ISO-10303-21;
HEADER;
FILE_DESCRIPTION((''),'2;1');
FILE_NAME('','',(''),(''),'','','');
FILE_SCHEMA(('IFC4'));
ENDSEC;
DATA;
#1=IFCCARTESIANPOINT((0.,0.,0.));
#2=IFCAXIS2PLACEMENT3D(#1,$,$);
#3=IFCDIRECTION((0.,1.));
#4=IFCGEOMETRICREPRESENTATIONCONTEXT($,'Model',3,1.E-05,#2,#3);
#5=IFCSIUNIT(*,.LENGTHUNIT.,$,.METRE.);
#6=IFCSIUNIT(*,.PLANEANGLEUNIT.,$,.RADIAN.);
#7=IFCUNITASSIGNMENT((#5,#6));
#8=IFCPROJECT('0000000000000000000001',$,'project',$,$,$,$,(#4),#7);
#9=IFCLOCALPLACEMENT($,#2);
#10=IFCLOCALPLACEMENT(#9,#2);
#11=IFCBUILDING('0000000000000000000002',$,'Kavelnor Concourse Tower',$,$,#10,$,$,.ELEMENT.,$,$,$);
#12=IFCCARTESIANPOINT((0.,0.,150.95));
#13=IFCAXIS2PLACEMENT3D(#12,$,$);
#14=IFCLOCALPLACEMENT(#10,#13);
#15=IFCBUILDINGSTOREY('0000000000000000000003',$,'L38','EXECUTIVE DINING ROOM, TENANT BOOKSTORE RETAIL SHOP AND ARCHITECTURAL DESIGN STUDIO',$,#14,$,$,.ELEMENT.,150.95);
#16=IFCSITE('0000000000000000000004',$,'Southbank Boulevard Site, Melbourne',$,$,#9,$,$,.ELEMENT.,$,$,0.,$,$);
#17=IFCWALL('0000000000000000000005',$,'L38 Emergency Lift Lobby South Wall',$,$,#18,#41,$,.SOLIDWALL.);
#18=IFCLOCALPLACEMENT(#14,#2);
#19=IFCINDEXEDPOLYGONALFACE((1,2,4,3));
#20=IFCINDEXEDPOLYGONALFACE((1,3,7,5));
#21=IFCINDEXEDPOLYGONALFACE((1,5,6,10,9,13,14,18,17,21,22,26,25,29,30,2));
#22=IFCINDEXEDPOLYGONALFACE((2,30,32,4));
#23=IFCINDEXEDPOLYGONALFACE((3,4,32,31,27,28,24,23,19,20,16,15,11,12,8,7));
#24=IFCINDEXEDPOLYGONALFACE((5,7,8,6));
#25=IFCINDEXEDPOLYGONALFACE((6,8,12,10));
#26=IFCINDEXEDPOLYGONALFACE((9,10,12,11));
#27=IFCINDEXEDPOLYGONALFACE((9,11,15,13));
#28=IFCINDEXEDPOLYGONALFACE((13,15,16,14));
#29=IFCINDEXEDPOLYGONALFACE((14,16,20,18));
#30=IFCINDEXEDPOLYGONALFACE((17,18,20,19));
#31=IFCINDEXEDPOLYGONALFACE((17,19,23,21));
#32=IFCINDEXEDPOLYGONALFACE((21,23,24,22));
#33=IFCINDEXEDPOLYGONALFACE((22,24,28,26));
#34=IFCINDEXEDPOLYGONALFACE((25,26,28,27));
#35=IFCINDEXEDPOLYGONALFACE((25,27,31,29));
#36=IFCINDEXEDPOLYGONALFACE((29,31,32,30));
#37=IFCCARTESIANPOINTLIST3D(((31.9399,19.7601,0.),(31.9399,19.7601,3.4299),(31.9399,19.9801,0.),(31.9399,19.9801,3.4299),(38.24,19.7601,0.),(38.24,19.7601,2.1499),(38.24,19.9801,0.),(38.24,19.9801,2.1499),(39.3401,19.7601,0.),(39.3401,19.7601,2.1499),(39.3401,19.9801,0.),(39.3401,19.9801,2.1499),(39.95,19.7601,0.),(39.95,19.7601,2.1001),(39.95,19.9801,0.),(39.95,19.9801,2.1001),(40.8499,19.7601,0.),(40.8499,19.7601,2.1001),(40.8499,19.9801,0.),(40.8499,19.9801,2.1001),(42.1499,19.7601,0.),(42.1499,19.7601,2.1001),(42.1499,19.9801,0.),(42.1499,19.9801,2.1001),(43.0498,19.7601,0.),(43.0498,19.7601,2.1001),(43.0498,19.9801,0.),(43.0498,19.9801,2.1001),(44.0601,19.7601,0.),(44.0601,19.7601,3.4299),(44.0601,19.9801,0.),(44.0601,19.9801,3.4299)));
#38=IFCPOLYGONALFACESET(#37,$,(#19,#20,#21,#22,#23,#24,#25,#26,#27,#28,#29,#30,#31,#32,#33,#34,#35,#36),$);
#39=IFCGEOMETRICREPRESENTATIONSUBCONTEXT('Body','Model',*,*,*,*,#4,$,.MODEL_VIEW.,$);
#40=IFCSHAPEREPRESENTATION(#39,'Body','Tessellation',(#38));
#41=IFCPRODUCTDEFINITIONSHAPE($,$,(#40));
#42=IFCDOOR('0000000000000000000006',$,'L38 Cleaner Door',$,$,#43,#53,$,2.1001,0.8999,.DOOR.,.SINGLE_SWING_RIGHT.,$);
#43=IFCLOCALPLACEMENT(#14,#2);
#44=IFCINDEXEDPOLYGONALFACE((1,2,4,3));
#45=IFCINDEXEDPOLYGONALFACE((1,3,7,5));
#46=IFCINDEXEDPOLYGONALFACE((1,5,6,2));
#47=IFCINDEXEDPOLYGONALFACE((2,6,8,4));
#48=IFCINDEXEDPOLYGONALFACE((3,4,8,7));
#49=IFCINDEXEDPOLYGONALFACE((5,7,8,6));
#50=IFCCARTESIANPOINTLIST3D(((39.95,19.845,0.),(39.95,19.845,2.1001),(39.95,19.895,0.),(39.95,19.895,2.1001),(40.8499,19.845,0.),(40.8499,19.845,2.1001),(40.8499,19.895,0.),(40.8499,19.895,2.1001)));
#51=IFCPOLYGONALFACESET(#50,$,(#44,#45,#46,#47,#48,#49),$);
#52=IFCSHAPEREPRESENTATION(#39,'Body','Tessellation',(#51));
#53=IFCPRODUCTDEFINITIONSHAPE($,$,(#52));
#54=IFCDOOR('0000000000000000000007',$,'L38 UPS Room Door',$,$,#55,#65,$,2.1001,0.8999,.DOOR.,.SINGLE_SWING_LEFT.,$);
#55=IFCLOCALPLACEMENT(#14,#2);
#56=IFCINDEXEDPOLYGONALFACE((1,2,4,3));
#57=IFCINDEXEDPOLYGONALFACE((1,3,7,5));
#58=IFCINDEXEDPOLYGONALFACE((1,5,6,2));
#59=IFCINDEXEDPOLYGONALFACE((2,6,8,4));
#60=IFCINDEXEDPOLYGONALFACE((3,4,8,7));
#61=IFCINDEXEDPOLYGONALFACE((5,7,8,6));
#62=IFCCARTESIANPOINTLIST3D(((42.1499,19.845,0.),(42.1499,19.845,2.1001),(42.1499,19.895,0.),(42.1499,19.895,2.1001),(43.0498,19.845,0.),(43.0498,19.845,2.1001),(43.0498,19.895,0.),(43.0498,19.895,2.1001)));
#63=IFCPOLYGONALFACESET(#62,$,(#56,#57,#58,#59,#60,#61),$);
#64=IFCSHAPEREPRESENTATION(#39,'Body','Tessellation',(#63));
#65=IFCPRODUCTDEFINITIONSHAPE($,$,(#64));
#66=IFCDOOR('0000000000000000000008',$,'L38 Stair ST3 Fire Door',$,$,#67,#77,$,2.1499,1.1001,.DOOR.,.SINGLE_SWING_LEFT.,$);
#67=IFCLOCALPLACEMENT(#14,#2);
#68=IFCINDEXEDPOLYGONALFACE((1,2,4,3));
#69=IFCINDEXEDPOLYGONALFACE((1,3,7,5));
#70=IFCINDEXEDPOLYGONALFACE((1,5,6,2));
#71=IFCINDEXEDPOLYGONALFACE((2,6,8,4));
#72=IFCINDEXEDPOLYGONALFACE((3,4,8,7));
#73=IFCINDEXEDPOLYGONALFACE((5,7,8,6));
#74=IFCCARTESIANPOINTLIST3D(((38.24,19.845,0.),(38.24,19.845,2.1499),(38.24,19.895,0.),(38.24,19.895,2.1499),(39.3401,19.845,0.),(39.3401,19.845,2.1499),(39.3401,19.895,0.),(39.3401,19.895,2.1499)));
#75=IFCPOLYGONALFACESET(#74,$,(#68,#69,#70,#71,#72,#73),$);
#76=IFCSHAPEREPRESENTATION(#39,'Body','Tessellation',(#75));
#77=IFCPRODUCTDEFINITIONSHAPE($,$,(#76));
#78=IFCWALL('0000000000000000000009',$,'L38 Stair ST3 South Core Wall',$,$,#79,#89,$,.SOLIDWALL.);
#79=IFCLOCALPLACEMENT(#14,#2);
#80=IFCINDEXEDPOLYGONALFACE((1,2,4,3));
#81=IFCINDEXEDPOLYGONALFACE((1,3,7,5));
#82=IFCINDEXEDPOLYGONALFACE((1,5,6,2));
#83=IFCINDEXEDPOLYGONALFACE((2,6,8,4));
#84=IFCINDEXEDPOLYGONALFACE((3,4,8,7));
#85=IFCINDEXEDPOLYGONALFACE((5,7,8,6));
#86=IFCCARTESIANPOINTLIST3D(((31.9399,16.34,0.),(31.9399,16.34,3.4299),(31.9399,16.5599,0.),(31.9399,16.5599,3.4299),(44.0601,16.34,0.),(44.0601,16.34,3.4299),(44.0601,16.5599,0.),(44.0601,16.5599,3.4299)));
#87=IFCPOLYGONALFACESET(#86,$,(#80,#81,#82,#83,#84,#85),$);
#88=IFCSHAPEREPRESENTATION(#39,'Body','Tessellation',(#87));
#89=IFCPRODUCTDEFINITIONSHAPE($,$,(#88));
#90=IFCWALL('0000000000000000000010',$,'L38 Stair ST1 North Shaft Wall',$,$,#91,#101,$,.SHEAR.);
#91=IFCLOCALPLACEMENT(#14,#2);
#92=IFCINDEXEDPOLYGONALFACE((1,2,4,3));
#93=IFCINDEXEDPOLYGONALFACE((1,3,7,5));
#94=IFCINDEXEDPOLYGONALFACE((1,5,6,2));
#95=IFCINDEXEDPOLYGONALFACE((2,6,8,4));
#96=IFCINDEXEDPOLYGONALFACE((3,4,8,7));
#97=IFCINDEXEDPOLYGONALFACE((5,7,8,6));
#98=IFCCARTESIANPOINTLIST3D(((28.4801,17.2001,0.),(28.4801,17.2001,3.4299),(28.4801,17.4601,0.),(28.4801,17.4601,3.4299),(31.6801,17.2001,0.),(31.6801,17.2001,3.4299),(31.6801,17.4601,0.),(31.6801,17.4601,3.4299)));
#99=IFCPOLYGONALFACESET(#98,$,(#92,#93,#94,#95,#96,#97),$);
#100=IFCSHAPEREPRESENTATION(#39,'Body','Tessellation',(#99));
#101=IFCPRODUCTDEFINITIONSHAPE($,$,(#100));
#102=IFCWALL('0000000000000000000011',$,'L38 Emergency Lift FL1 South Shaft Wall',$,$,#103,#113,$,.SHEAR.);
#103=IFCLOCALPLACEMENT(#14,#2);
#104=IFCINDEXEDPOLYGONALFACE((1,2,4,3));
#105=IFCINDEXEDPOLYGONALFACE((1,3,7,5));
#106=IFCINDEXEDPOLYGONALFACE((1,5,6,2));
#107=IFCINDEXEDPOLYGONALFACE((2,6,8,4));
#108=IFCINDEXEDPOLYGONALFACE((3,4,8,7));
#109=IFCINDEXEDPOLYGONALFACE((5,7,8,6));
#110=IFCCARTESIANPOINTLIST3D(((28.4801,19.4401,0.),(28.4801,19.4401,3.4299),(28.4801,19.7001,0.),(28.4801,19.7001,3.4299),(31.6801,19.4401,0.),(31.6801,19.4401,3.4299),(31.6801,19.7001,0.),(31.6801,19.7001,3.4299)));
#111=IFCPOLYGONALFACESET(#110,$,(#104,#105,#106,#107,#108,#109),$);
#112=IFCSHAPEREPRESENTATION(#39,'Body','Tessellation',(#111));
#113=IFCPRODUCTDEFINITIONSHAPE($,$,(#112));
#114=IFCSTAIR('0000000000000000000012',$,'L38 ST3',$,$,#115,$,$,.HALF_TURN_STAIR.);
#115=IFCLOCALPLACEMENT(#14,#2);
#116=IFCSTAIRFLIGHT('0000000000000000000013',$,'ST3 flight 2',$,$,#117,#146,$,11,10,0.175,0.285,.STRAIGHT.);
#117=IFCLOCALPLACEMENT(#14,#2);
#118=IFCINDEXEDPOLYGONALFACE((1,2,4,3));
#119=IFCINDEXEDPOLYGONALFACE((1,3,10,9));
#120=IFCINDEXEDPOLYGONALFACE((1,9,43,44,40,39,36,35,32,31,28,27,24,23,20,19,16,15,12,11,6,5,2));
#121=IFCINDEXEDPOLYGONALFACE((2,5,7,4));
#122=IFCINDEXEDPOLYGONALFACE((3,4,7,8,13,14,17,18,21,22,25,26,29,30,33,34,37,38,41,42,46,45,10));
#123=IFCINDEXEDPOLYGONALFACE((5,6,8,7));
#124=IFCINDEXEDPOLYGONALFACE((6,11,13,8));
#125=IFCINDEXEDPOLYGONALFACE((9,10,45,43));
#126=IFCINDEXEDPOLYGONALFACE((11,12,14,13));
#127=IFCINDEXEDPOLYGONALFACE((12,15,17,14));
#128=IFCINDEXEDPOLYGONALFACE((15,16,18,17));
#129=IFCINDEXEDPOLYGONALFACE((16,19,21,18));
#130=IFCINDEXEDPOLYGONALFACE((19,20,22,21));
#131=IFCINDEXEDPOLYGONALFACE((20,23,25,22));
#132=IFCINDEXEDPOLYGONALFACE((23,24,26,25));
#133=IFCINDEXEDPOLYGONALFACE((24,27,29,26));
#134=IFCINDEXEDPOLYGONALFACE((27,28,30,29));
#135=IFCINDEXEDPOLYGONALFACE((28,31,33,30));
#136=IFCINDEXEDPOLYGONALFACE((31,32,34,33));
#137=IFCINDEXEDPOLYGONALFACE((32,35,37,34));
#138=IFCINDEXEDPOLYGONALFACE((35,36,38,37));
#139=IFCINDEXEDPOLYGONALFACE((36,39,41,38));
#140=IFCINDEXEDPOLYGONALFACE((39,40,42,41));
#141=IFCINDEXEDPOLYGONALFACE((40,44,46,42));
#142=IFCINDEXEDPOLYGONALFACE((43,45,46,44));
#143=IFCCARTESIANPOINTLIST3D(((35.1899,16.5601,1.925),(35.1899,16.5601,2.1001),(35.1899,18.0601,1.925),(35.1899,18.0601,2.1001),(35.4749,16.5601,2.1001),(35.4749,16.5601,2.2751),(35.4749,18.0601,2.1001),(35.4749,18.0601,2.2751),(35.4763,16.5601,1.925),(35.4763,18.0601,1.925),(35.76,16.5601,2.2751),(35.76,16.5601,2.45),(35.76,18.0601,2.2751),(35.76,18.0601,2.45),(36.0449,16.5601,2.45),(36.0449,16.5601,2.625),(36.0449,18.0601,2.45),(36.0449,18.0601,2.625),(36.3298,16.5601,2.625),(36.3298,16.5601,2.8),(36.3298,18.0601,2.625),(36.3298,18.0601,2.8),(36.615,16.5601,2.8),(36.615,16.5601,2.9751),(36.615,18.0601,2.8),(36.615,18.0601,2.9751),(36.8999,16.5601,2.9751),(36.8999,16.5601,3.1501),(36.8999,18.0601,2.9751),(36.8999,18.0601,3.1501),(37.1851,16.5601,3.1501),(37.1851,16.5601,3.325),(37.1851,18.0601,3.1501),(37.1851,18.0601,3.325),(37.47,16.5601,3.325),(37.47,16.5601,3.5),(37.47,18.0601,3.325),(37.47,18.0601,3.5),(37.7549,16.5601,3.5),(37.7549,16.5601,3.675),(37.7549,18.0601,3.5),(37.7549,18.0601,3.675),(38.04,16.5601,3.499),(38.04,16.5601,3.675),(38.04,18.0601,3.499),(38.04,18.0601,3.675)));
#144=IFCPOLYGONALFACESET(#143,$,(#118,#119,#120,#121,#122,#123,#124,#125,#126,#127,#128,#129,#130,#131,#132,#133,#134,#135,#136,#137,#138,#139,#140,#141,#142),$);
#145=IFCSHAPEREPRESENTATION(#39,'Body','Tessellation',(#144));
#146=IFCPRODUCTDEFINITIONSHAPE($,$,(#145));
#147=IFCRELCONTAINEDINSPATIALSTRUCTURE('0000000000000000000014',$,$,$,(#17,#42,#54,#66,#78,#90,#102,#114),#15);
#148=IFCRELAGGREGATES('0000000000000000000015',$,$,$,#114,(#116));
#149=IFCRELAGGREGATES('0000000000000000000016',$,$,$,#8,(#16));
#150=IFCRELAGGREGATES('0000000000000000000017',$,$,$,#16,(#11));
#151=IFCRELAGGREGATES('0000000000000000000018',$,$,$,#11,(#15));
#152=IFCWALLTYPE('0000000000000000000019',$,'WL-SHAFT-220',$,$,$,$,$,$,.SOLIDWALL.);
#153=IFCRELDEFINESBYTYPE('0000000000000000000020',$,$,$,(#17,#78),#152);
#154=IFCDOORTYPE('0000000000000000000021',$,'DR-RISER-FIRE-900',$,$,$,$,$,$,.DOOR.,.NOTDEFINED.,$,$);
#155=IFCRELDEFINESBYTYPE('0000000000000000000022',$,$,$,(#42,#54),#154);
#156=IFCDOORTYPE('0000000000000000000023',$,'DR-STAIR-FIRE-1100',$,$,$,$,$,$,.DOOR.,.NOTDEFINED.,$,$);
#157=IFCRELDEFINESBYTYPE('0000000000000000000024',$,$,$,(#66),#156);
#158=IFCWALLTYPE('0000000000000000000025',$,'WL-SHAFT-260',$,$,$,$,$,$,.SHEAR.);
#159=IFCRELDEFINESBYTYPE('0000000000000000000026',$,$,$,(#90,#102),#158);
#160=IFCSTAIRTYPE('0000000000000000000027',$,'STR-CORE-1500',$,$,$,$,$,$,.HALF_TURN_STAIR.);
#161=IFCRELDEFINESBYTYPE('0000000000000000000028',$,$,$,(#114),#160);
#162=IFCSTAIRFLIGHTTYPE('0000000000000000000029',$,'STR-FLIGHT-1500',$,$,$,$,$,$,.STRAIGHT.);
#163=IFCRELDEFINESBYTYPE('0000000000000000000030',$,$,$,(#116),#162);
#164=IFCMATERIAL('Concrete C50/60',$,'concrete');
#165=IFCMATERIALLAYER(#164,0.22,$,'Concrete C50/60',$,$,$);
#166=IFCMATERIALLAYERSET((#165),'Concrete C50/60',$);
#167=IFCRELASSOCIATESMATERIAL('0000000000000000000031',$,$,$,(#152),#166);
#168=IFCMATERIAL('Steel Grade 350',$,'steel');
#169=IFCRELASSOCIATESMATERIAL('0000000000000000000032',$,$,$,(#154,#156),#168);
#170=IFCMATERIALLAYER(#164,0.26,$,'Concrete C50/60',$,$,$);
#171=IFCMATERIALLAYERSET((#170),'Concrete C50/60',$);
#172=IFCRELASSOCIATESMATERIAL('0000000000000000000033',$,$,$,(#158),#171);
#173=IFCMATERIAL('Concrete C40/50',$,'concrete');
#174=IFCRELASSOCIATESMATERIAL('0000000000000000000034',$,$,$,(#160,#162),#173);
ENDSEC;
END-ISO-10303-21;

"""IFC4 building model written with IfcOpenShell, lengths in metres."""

from ifc_helpers import new_model, si_unit, direction, frame, frame_2d, origin, place, context, subcontext, project, spatial, polyline, rectangle, outline, extrude, material, layer, layer_set, type_object, element, fill, aggregate, save


model = new_model("IFC4")

# Units and contexts
model_context = context("Model", 3, precision=1e-05, world=origin(), true_north=direction((0.0, 1.0)))
body_context = subcontext(model_context, "Body", "Model", "MODEL_VIEW")
ifc_project = project(units=[si_unit("LENGTHUNIT", "METRE"), si_unit("PLANEANGLEUNIT", "RADIAN")], contexts=[model_context])

# Site, building, storey
site_placement = place(None, origin())
site = spatial("IfcSite", under=ifc_project, at=site_placement, Name="Southbank Boulevard Site, Melbourne", CompositionType="ELEMENT", RefElevation=0.0)
building_placement = place(site_placement, origin())
building = spatial("IfcBuilding", under=site, at=building_placement, Name="Kavelnor Concourse Tower", CompositionType="ELEMENT")
storey_placement = place(building_placement, frame((0.0, 0.0, 150.95)))
storey = spatial("IfcBuildingStorey", under=building, at=storey_placement, Name="L38", Description="EXECUTIVE DINING ROOM, TENANT BOOKSTORE RETAIL SHOP AND ARCHITECTURAL DESIGN STUDIO", CompositionType="ELEMENT", Elevation=150.95)

# Shared definitions
ifc_material_1 = material(Name="Steel Grade 350", Category="steel")

# Wall, openings, doors
ifc_material_2 = material(Name="Concrete C50/60", Category="concrete")
ifc_layer_1 = layer(ifc_material_2, 0.22, Name="Concrete C50/60")
ifc_layer_set_1 = layer_set([ifc_layer_1], Name="Concrete C50/60")
wall_type_1 = type_object("IfcWallType", Name="WL-SHAFT-220", PredefinedType="SOLIDWALL", material=ifc_layer_set_1)
wall_1_placement = place(storey_placement, frame((31.9399, 19.8701, 0.0), z_axis=(0.0, 0.0, 1.0), x_axis=(1.0, 0.0, 0.0)))
wall_1 = element("IfcWall", 1, at=wall_1_placement, inside=storey, type_object=wall_type_1, Name="L38 Emergency Lift Lobby South Wall", PredefinedType="SOLIDWALL", context=body_context, shape_type="SweptSolid", body=[
    extrude(rectangle(XDim=12.1201, YDim=0.22, at=frame_2d((6.0601, 0.0))), origin(), (0.0, 0.0, 1.0), 3.4299),
])
opening_1_placement = place(wall_1_placement, frame((6.3, 0.0, 0.0)))
opening_1 = element("IfcOpeningElement", 2, at=opening_1_placement, cuts=wall_1, PredefinedType="OPENING", context=body_context, shape_type="SweptSolid", body=[
    extrude(rectangle(XDim=1.1001, YDim=2.1499, at=frame_2d((0.55, 1.075))), frame((0.0, 0.1201, 0.0), z_axis=(0.0, -1.0, 0.0), x_axis=(1.0, 0.0, 0.0)), (0.0, 0.0, 1.0), 0.24),
])
opening_2_placement = place(wall_1_placement, frame((8.01, 0.0, 0.0)))
opening_2 = element("IfcOpeningElement", 3, at=opening_2_placement, cuts=wall_1, PredefinedType="OPENING", context=body_context, shape_type="SweptSolid", body=[
    extrude(rectangle(XDim=0.8999, YDim=2.1001, at=frame_2d((0.45, 1.05))), frame((0.0, 0.1201, 0.0), z_axis=(0.0, -1.0, 0.0), x_axis=(1.0, 0.0, 0.0)), (0.0, 0.0, 1.0), 0.24),
])
opening_3_placement = place(wall_1_placement, frame((10.21, 0.0, 0.0)))
opening_3 = element("IfcOpeningElement", 4, at=opening_3_placement, cuts=wall_1, PredefinedType="OPENING", context=body_context, shape_type="SweptSolid", body=[
    extrude(rectangle(XDim=0.8999, YDim=2.1001, at=frame_2d((0.45, 1.05))), frame((0.0, 0.1201, 0.0), z_axis=(0.0, -1.0, 0.0), x_axis=(1.0, 0.0, 0.0)), (0.0, 0.0, 1.0), 0.24),
])
door_type_1 = type_object("IfcDoorType", Name="DR-RISER-FIRE-900", OperationType="NOTDEFINED", PredefinedType="DOOR", material=ifc_material_1)
door_1_placement = place(opening_2_placement, origin())
door_1 = element("IfcDoor", 5, at=door_1_placement, inside=storey, type_object=door_type_1, Name="L38 Cleaner Door", OperationType="SINGLE_SWING_RIGHT", OverallHeight=2.1001, OverallWidth=0.8999, PredefinedType="DOOR", context=body_context, shape_type="SweptSolid", body=[
    extrude(rectangle(XDim=0.8999, YDim=2.1001, at=frame_2d((0.45, 1.05))), frame((0.0, 0.0249, 0.0), z_axis=(0.0, -1.0, 0.0), x_axis=(1.0, 0.0, 0.0)), (0.0, 0.0, 1.0), 0.05),
])
fill(opening_2, door_1)
door_2_placement = place(opening_3_placement, origin())
door_2 = element("IfcDoor", 6, at=door_2_placement, inside=storey, type_object=door_type_1, Name="L38 UPS Room Door", OperationType="SINGLE_SWING_LEFT", OverallHeight=2.1001, OverallWidth=0.8999, PredefinedType="DOOR", context=body_context, shape_type="SweptSolid", body=[
    extrude(rectangle(XDim=0.8999, YDim=2.1001, at=frame_2d((0.45, 1.05))), frame((0.0, 0.0249, 0.0), z_axis=(0.0, -1.0, 0.0), x_axis=(1.0, 0.0, 0.0)), (0.0, 0.0, 1.0), 0.05),
])
fill(opening_3, door_2)
door_type_2 = type_object("IfcDoorType", Name="DR-STAIR-FIRE-1100", OperationType="NOTDEFINED", PredefinedType="DOOR", material=ifc_material_1)
door_3_placement = place(opening_1_placement, origin())
door_3 = element("IfcDoor", 7, at=door_3_placement, inside=storey, type_object=door_type_2, Name="L38 Stair ST3 Fire Door", OperationType="SINGLE_SWING_LEFT", OverallHeight=2.1499, OverallWidth=1.1001, PredefinedType="DOOR", context=body_context, shape_type="SweptSolid", body=[
    extrude(rectangle(XDim=1.1001, YDim=2.1499, at=frame_2d((0.55, 1.075))), frame((0.0, 0.0249, 0.0), z_axis=(0.0, -1.0, 0.0), x_axis=(1.0, 0.0, 0.0)), (0.0, 0.0, 1.0), 0.05),
])
fill(opening_1, door_3)

# Walls
wall_2_placement = place(storey_placement, frame((31.9399, 16.45, 0.0), z_axis=(0.0, 0.0, 1.0), x_axis=(1.0, 0.0, 0.0)))
element("IfcWall", 8, at=wall_2_placement, inside=storey, type_object=wall_type_1, Name="L38 Stair ST3 South Core Wall", PredefinedType="SOLIDWALL", context=body_context, shape_type="SweptSolid", body=[
    extrude(rectangle(XDim=12.1201, YDim=0.22, at=frame_2d((6.0601, 0.0))), origin(), (0.0, 0.0, 1.0), 3.4299),
])
ifc_layer_2 = layer(ifc_material_2, 0.26, Name="Concrete C50/60")
ifc_layer_set_2 = layer_set([ifc_layer_2], Name="Concrete C50/60")
wall_type_2 = type_object("IfcWallType", Name="WL-SHAFT-260", PredefinedType="SHEAR", material=ifc_layer_set_2)
for number, where, z_axis, x_axis, name in (
    (9, (28.48, 17.3301, 0.0), (0.0, 0.0, 1.0), (1.0, 0.0, 0.0), "L38 Stair ST1 North Shaft Wall"),
    (10, (28.48, 19.5701, 0.0), (0.0, 0.0, 1.0), (1.0, 0.0, 0.0), "L38 Emergency Lift FL1 South Shaft Wall"),
):
    element("IfcWall", number, at=place(storey_placement, frame(where, z_axis=z_axis, x_axis=x_axis)), inside=storey, type_object=wall_type_2, Name=name, PredefinedType="SHEAR", context=body_context, shape_type="SweptSolid", body=[
        extrude(rectangle(XDim=3.2, YDim=0.26, at=frame_2d((1.6001, 0.0))), origin(), (0.0, 0.0, 1.0), 3.4299),
    ])

# Stair, stair flight
ifc_material_3 = material(Name="Concrete C40/50", Category="concrete")
stair_type = type_object("IfcStairType", Name="STR-CORE-1500", PredefinedType="HALF_TURN_STAIR", material=ifc_material_3)
stair_placement = place(storey_placement, origin())
stair = element("IfcStair", 11, at=stair_placement, inside=storey, type_object=stair_type, Name="L38 ST3", PredefinedType="HALF_TURN_STAIR")
stair_flight_type = type_object("IfcStairFlightType", Name="STR-FLIGHT-1500", PredefinedType="STRAIGHT", material=ifc_material_3)
stair_flight_placement = place(storey_placement, frame((35.1899, 17.3101, 1.925), z_axis=(0.0, 0.0, 1.0), x_axis=(1.0, 0.0, 0.0)))
stair_flight = element("IfcStairFlight", 12, at=stair_flight_placement, type_object=stair_flight_type, Name="ST3 flight 2", NumberOfRisers=11, NumberOfTreads=10, PredefinedType="STRAIGHT", RiserHeight=0.175, TreadLength=0.285, context=body_context, shape_type="SweptSolid", body=[
    extrude(outline(polyline([(0.0, 0.0), (0.0, 0.175), (0.2849, 0.175), (0.2849, 0.3501), (0.5701, 0.3501), (0.5701, 0.5249), (0.855, 0.5249), (0.855, 0.7), (1.1399, 0.7), (1.1399, 0.875), (1.425, 0.875), (1.425, 1.05), (1.71, 1.05), (1.71, 1.2251), (1.9951, 1.2251), (1.9951, 1.3999), (2.28, 1.3999), (2.28, 1.575), (2.5649, 1.575), (2.5649, 1.75), (2.8501, 1.75), (2.8501, 1.925), (2.8501, 1.574), (0.2864, 0.0), (0.0, 0.0)])), frame((0.0, 0.75, 0.0), z_axis=(0.0, -1.0, 0.0), x_axis=(1.0, 0.0, 0.0)), (0.0, 0.0, 1.0), 1.5),
])
aggregate(stair, [stair_flight])

save(model, "model.ifc")
